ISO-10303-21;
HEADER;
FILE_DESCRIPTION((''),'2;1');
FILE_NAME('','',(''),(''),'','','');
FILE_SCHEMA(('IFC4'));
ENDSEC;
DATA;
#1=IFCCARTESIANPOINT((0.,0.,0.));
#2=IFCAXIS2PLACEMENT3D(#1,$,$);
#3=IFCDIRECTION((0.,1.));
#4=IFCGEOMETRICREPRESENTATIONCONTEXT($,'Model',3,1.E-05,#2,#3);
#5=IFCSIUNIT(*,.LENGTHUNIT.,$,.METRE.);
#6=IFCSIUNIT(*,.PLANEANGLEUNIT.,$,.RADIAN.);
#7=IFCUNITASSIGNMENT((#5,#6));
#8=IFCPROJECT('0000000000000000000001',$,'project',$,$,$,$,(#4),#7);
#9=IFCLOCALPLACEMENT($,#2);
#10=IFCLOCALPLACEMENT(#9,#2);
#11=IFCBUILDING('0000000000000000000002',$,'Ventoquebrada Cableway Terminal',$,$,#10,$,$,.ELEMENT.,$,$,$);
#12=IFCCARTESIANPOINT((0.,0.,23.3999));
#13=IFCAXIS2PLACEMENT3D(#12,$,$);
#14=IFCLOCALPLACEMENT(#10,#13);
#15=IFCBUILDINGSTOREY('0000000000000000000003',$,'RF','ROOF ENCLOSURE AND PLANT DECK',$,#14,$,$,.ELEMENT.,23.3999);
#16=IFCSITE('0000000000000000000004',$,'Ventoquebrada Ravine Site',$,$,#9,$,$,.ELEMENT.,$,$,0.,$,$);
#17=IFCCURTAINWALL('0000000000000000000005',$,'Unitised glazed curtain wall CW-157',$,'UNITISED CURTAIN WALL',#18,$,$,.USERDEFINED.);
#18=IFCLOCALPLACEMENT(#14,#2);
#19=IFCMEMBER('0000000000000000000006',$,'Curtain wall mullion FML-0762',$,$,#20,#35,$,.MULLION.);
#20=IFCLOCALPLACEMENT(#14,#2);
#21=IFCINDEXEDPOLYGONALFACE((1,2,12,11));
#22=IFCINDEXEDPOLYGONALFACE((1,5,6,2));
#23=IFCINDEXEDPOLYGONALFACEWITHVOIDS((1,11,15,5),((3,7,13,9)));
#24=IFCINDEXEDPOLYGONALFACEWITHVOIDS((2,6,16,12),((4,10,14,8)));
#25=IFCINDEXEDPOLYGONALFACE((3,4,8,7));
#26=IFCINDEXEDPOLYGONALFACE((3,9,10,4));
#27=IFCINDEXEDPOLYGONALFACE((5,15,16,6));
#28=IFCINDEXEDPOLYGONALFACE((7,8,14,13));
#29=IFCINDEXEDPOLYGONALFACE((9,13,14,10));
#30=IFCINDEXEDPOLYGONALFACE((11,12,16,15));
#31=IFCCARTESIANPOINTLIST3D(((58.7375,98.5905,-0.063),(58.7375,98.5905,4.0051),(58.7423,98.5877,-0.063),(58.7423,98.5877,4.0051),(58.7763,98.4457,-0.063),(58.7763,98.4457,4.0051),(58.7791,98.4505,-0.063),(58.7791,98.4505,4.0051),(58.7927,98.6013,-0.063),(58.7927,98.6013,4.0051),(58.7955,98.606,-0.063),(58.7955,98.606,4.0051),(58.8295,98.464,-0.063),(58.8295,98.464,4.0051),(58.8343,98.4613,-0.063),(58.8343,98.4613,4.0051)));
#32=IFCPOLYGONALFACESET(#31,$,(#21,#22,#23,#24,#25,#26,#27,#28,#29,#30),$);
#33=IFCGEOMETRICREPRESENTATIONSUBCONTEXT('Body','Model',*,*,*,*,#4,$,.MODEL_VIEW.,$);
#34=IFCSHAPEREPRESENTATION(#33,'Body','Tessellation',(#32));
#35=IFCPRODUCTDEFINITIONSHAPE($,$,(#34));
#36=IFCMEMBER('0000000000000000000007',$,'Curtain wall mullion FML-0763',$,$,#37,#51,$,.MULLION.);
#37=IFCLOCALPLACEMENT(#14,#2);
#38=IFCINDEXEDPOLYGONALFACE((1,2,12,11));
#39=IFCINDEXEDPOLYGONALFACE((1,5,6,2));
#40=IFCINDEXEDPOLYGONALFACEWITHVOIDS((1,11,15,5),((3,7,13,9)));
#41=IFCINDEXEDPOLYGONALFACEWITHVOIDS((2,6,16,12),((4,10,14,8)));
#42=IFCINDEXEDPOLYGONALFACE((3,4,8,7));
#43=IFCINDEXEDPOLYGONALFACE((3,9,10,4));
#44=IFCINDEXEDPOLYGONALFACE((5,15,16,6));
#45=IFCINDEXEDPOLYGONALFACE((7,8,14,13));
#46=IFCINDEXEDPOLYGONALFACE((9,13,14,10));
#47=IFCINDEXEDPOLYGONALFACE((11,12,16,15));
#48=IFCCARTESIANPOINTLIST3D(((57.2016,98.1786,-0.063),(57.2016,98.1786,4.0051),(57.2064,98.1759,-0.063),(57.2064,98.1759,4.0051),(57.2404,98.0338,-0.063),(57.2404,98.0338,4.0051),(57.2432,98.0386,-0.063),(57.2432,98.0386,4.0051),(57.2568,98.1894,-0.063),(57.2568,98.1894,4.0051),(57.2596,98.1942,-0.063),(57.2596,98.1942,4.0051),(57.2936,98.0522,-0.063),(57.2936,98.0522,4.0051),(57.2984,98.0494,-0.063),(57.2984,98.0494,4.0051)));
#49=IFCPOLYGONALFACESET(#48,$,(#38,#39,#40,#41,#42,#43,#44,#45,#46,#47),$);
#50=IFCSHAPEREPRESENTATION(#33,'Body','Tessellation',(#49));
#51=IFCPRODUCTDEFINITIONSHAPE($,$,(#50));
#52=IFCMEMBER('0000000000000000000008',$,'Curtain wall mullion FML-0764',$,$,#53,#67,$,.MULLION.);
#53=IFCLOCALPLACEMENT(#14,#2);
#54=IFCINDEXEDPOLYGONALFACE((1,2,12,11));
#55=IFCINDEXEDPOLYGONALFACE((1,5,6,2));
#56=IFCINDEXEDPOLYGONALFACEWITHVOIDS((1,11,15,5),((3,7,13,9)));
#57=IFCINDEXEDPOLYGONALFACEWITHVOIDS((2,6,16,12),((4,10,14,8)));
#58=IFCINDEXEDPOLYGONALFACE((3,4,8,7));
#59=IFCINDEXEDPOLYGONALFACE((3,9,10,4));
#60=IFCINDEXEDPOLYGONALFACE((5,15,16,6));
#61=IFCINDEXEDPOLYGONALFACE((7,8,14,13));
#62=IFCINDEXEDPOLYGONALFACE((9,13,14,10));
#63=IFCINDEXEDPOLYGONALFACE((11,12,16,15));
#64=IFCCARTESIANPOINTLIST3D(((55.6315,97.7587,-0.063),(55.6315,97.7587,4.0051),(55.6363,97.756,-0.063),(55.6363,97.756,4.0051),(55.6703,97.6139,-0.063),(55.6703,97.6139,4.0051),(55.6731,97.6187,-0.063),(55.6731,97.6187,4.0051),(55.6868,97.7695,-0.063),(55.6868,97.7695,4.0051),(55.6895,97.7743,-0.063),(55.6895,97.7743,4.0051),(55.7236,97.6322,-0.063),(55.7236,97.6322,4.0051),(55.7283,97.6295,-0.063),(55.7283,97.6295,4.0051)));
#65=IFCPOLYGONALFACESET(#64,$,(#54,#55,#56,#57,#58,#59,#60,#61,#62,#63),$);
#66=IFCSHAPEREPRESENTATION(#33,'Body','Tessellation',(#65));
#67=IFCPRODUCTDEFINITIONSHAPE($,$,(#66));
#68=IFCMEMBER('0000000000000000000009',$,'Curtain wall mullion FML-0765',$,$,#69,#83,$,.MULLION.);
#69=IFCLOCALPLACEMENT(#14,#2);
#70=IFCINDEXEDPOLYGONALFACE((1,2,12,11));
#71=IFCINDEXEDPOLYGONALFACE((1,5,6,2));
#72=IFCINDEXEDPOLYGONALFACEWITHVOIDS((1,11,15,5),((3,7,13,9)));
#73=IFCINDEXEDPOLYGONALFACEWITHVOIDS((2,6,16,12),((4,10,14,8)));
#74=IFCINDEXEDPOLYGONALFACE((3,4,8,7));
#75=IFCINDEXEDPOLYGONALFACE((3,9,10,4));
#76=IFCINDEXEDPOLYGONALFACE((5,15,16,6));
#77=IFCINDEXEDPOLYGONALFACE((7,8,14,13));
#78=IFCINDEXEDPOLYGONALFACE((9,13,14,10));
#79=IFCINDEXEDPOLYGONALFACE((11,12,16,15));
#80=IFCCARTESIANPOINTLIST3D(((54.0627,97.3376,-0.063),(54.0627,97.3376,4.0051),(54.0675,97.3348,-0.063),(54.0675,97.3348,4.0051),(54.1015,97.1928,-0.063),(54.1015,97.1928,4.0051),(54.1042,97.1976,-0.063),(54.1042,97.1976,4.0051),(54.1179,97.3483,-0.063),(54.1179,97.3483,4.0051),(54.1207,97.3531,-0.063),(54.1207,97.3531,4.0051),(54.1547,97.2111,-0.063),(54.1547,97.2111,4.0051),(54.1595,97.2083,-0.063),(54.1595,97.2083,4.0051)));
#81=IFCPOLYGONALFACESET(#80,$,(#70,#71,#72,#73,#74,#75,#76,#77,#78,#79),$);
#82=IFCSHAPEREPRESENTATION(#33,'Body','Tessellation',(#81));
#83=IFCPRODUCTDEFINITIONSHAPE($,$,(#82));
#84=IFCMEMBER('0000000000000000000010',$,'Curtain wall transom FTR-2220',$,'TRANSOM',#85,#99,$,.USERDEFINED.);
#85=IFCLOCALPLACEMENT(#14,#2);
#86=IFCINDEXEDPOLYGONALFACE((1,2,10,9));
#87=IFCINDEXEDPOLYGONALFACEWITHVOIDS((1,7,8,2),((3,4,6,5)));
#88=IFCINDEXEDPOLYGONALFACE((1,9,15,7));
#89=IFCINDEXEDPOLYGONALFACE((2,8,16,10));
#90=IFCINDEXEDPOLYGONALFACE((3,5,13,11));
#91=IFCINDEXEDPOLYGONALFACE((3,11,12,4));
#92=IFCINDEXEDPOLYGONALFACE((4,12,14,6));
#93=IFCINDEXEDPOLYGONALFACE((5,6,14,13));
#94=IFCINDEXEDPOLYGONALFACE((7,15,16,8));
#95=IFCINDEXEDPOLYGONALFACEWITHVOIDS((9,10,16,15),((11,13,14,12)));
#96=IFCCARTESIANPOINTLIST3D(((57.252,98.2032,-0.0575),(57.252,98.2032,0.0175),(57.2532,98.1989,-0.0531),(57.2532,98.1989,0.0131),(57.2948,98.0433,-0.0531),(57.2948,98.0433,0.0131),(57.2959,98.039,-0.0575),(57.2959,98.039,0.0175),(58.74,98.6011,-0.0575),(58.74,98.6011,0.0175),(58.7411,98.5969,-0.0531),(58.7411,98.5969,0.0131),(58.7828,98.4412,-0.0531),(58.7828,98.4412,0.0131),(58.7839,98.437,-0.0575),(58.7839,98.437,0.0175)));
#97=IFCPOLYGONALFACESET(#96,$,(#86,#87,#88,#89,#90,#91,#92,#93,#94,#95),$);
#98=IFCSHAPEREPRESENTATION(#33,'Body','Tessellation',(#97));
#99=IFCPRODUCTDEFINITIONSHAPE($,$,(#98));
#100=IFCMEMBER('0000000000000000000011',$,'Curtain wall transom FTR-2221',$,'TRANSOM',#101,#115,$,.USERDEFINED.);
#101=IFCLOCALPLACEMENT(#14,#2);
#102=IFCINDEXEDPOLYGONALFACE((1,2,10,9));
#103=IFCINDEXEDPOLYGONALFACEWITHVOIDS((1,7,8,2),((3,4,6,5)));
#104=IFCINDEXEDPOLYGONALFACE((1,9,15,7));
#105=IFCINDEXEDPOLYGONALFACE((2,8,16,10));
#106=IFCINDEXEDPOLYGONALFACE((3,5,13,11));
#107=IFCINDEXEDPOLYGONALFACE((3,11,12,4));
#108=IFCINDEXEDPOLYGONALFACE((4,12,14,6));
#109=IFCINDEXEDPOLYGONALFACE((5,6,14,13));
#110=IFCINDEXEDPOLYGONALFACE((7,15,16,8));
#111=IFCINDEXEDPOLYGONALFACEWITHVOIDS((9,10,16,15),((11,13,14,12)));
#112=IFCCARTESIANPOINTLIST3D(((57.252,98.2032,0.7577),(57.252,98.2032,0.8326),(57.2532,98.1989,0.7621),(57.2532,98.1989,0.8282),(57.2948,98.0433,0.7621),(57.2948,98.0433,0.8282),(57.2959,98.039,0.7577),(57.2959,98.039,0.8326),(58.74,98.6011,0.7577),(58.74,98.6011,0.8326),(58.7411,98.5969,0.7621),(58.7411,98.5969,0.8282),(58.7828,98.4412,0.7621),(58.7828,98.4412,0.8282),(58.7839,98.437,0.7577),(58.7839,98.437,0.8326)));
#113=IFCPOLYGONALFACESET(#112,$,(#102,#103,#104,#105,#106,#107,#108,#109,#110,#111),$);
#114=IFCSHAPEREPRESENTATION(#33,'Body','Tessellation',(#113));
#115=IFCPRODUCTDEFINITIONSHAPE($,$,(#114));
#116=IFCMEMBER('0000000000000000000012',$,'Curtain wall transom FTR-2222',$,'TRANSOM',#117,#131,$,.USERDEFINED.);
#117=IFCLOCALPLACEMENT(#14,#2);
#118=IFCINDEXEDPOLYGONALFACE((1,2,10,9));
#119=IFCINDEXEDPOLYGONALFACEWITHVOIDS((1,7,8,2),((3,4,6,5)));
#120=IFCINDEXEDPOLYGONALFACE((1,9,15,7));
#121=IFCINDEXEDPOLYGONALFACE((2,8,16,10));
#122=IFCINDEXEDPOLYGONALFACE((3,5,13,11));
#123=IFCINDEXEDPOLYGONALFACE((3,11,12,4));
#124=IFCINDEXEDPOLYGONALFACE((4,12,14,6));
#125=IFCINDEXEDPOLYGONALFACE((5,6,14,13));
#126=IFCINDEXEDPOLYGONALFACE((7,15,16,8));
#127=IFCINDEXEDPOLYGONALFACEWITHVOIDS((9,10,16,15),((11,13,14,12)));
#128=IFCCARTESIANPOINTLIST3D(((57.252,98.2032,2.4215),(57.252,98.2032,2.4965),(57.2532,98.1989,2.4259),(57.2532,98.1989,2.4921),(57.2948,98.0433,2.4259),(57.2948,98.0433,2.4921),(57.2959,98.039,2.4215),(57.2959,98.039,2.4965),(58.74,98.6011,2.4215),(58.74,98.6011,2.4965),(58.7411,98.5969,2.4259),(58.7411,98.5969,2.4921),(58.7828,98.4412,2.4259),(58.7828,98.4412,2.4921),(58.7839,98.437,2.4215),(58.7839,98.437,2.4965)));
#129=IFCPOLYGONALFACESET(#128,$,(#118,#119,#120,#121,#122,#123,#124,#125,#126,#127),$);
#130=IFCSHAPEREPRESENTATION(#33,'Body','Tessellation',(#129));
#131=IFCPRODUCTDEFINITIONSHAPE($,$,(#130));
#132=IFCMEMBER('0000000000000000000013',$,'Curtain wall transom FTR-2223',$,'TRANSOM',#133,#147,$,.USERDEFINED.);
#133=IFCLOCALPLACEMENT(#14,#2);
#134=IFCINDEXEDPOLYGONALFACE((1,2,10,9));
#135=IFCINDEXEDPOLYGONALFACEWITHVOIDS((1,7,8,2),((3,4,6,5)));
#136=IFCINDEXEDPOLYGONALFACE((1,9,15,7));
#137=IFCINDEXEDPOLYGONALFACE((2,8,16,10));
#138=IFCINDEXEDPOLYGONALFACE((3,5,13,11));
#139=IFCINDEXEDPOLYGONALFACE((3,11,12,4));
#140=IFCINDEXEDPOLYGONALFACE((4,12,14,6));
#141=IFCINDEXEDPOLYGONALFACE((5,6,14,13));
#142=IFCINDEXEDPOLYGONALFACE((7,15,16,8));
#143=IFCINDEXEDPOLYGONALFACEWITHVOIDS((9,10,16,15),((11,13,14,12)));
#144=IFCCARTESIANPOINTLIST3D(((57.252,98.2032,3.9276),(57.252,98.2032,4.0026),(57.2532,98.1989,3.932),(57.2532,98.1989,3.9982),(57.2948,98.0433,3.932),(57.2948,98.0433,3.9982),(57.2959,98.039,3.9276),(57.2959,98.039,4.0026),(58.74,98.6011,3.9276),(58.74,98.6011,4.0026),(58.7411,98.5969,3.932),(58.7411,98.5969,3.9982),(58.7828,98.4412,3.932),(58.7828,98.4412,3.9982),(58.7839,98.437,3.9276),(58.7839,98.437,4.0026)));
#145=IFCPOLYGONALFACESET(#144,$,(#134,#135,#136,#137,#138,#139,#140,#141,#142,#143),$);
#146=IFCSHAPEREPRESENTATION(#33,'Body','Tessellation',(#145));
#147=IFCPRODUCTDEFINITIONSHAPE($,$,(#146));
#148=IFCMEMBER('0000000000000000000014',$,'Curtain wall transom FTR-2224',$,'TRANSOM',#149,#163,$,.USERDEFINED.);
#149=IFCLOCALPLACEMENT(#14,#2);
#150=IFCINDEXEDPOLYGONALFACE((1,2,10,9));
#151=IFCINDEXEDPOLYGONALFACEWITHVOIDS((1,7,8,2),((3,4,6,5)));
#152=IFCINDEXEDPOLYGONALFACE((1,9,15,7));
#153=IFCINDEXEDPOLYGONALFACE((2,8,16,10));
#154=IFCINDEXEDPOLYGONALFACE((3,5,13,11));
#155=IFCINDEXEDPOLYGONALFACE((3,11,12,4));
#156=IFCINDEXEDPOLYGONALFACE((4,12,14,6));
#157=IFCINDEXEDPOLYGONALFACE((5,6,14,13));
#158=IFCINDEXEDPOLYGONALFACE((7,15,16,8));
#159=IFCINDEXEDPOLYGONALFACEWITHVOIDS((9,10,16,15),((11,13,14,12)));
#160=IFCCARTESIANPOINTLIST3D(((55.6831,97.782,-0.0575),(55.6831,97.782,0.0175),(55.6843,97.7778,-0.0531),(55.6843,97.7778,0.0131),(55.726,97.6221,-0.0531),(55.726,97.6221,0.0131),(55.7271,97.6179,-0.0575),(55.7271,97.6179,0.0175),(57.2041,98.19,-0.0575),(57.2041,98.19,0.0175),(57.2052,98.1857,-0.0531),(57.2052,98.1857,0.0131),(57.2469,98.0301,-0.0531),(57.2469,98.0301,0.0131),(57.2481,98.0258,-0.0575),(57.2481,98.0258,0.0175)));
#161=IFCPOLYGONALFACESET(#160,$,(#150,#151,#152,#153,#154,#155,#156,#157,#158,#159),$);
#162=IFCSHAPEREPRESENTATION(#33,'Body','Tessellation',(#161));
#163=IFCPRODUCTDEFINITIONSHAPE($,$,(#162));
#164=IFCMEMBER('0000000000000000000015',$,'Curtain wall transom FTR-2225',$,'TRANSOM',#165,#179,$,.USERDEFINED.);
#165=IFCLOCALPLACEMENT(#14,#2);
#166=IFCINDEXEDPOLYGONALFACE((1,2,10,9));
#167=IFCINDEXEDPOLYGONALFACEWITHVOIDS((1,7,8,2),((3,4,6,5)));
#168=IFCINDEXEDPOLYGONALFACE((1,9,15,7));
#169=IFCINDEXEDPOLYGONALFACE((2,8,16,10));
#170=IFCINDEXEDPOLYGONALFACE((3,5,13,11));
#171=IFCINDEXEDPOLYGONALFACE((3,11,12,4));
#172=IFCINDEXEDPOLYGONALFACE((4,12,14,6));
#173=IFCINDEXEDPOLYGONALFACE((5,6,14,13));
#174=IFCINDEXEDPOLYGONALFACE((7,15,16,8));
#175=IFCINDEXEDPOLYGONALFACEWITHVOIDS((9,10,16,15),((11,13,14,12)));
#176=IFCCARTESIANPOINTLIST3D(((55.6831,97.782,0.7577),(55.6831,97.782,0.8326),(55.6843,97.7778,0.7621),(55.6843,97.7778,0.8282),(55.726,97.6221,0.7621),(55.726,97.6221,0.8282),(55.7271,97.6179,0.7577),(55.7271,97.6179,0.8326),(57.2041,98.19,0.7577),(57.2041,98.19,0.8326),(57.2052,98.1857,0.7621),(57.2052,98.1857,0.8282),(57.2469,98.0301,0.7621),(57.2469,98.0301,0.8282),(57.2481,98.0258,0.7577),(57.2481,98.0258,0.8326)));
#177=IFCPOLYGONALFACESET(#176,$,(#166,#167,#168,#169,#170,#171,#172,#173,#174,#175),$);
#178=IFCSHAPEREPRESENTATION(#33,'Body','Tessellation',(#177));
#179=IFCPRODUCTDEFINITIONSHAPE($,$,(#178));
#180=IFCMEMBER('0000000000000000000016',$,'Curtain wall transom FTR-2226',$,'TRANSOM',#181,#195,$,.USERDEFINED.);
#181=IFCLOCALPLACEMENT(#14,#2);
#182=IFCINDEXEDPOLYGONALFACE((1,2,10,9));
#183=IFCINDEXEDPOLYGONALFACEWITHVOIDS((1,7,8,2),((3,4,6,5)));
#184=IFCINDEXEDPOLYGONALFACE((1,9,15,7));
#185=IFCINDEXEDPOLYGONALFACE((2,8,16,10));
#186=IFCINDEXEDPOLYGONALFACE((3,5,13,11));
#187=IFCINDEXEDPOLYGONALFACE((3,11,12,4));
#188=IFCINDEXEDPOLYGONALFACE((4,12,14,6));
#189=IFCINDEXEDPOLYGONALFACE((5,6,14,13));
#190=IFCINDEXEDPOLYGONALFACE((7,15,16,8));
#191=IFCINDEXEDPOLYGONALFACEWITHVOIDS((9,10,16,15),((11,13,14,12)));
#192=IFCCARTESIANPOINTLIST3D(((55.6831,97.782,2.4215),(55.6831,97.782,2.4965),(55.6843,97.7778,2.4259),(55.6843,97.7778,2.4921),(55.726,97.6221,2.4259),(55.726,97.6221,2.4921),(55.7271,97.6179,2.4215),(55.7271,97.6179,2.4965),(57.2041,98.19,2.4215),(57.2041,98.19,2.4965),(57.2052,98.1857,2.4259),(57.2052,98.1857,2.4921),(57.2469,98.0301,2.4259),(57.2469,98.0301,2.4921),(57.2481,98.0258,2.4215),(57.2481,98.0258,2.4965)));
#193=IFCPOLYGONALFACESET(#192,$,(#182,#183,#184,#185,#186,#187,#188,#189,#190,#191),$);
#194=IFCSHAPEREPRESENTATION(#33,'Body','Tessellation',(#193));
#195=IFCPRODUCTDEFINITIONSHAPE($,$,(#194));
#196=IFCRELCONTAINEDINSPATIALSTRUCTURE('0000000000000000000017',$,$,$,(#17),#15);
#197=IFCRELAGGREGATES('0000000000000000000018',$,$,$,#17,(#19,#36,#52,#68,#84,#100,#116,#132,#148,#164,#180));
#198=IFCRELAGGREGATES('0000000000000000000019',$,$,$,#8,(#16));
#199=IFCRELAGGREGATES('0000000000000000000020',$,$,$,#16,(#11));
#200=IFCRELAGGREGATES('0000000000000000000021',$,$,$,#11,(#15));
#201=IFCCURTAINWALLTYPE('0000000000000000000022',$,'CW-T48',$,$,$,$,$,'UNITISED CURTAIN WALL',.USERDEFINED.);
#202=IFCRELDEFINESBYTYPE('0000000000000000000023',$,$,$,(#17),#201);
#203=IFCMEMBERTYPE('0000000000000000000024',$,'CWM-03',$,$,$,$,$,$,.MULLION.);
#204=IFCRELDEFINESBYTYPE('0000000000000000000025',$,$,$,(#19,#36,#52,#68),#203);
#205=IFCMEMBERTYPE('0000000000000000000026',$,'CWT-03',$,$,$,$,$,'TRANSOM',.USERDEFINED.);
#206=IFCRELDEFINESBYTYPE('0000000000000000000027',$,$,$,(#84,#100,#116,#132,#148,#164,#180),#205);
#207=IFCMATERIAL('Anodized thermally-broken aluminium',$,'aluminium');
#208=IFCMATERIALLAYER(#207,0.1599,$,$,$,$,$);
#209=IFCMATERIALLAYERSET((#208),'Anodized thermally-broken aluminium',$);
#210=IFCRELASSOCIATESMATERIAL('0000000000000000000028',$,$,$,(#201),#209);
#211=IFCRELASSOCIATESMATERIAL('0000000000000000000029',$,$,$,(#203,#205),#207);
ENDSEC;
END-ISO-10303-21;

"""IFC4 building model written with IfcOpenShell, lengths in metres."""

from ifc_helpers import new_model, si_unit, direction, frame, origin, origin_2d, place, context, subcontext, project, spatial, hollow_rectangle, extrude, material, layer, layer_set, material_profile, profile_set, type_object, element, aggregate, save


model = new_model("IFC4")

# Units and contexts
model_context = context("Model", 3, precision=1e-05, world=origin(), true_north=direction((0.0, 1.0)))
body_context = subcontext(model_context, "Body", "Model", "MODEL_VIEW")
ifc_project = project(units=[si_unit("LENGTHUNIT", "METRE"), si_unit("PLANEANGLEUNIT", "RADIAN")], contexts=[model_context])

# Site, building, storey
site_placement = place(None, origin())
site = spatial("IfcSite", under=ifc_project, at=site_placement, Name="Ventoquebrada Ravine Site", CompositionType="ELEMENT", RefElevation=0.0)
building_placement = place(site_placement, origin())
building = spatial("IfcBuilding", under=site, at=building_placement, Name="Ventoquebrada Cableway Terminal", CompositionType="ELEMENT")
storey_placement = place(building_placement, frame((0.0, 0.0, 23.3999)))
storey = spatial("IfcBuildingStorey", under=building, at=storey_placement, Name="RF", Description="ROOF ENCLOSURE AND PLANT DECK", CompositionType="ELEMENT", Elevation=23.3999)

# Curtain wall, members
ifc_material_1 = material(Name="Anodized thermally-broken aluminium", Category="aluminium")
ifc_layer_1 = layer(ifc_material_1, 0.1599)
ifc_layer_set_1 = layer_set([ifc_layer_1], Name="Anodized thermally-broken aluminium")
curtain_wall_type = type_object("IfcCurtainWallType", Name="CW-T48", ElementType="UNITISED CURTAIN WALL", PredefinedType="USERDEFINED", material=ifc_layer_set_1)
curtain_wall_placement = place(storey_placement, origin())
curtain_wall = element("IfcCurtainWall", 1, at=curtain_wall_placement, inside=storey, type_object=curtain_wall_type, Name="Unitised glazed curtain wall CW-157", ObjectType="UNITISED CURTAIN WALL", PredefinedType="USERDEFINED")
ifc_material_profile_1 = material_profile(ifc_material_1, hollow_rectangle(XDim=0.0601, YDim=0.1499, WallThickness=0.0039, at=origin_2d()), Name="CW-MUL-60X150")
ifc_profile_set_1 = profile_set([ifc_material_profile_1], Name="Anodized thermally-broken aluminium")
member_type_1 = type_object("IfcMemberType", Name="CWM-03", PredefinedType="MULLION", material=ifc_profile_set_1)
member_1_placement = place(storey_placement, frame((58.7859, 98.5259, -0.063), z_axis=(0.0, 0.0, 1.0), x_axis=(-0.965903, -0.258903, 0.0)))
member_1 = element("IfcMember", 2, at=member_1_placement, type_object=member_type_1, Name="Curtain wall mullion FML-0762", PredefinedType="MULLION", context=body_context, shape_type="SweptSolid", body=[
    extrude(hollow_rectangle(XDim=0.0601, YDim=0.1499, WallThickness=0.0039, at=origin_2d()), origin(), (0.0, 0.0, 1.0), 4.0681),
])
member_2_placement = place(storey_placement, frame((57.25, 98.114, -0.063), z_axis=(0.0, 0.0, 1.0), x_axis=(-0.965903, -0.258903, 0.0)))
member_2 = element("IfcMember", 3, at=member_2_placement, type_object=member_type_1, Name="Curtain wall mullion FML-0763", PredefinedType="MULLION", context=body_context, shape_type="SweptSolid", body=[
    extrude(hollow_rectangle(XDim=0.0601, YDim=0.1499, WallThickness=0.0039, at=origin_2d()), origin(), (0.0, 0.0, 1.0), 4.0681),
])
member_3_placement = place(storey_placement, frame((55.6799, 97.6941, -0.063), z_axis=(0.0, 0.0, 1.0), x_axis=(-0.965903, -0.258903, 0.0)))
member_3 = element("IfcMember", 4, at=member_3_placement, type_object=member_type_1, Name="Curtain wall mullion FML-0764", PredefinedType="MULLION", context=body_context, shape_type="SweptSolid", body=[
    extrude(hollow_rectangle(XDim=0.0601, YDim=0.1499, WallThickness=0.0039, at=origin_2d()), origin(), (0.0, 0.0, 1.0), 4.0681),
])
member_4_placement = place(storey_placement, frame((54.1111, 97.2729, -0.063), z_axis=(0.0, 0.0, 1.0), x_axis=(-0.965903, -0.258903, 0.0)))
member_4 = element("IfcMember", 5, at=member_4_placement, type_object=member_type_1, Name="Curtain wall mullion FML-0765", PredefinedType="MULLION", context=body_context, shape_type="SweptSolid", body=[
    extrude(hollow_rectangle(XDim=0.0601, YDim=0.1499, WallThickness=0.0039, at=origin_2d()), origin(), (0.0, 0.0, 1.0), 4.0681),
])
ifc_material_profile_2 = material_profile(ifc_material_1, hollow_rectangle(XDim=0.075, YDim=0.1699, WallThickness=0.0044, at=origin_2d()), Name="CW-TRN-75X170")
ifc_profile_set_2 = profile_set([ifc_material_profile_2], Name="Anodized thermally-broken aluminium")
member_type_2 = type_object("IfcMemberType", Name="CWT-03", ElementType="TRANSOM", PredefinedType="USERDEFINED", material=ifc_profile_set_2)
member_5_placement = place(storey_placement, frame((58.762, 98.519, -0.02), z_axis=(-0.966051, -0.258353, 0.0), x_axis=(0.0, 0.0, 1.0)))
member_5 = element("IfcMember", 6, at=member_5_placement, type_object=member_type_2, Name="Curtain wall transom FTR-2220", ObjectType="TRANSOM", PredefinedType="USERDEFINED", context=body_context, shape_type="SweptSolid", body=[
    extrude(hollow_rectangle(XDim=0.075, YDim=0.1699, WallThickness=0.0044, at=origin_2d()), origin(), (0.0, 0.0, 1.0), 1.5403),
])
member_6_placement = place(storey_placement, frame((58.762, 98.519, 0.7952), z_axis=(-0.966051, -0.258353, 0.0), x_axis=(0.0, 0.0, 1.0)))
member_6 = element("IfcMember", 7, at=member_6_placement, type_object=member_type_2, Name="Curtain wall transom FTR-2221", ObjectType="TRANSOM", PredefinedType="USERDEFINED", context=body_context, shape_type="SweptSolid", body=[
    extrude(hollow_rectangle(XDim=0.075, YDim=0.1699, WallThickness=0.0044, at=origin_2d()), origin(), (0.0, 0.0, 1.0), 1.5403),
])
member_7_placement = place(storey_placement, frame((58.762, 98.519, 2.459), z_axis=(-0.966051, -0.258353, 0.0), x_axis=(0.0, 0.0, 1.0)))
member_7 = element("IfcMember", 8, at=member_7_placement, type_object=member_type_2, Name="Curtain wall transom FTR-2222", ObjectType="TRANSOM", PredefinedType="USERDEFINED", context=body_context, shape_type="SweptSolid", body=[
    extrude(hollow_rectangle(XDim=0.075, YDim=0.1699, WallThickness=0.0044, at=origin_2d()), origin(), (0.0, 0.0, 1.0), 1.5403),
])
member_8_placement = place(storey_placement, frame((58.762, 98.519, 3.9651), z_axis=(-0.966051, -0.258353, 0.0), x_axis=(0.0, 0.0, 1.0)))
member_8 = element("IfcMember", 9, at=member_8_placement, type_object=member_type_2, Name="Curtain wall transom FTR-2223", ObjectType="TRANSOM", PredefinedType="USERDEFINED", context=body_context, shape_type="SweptSolid", body=[
    extrude(hollow_rectangle(XDim=0.075, YDim=0.1699, WallThickness=0.0044, at=origin_2d()), origin(), (0.0, 0.0, 1.0), 1.5403),
])
member_9_placement = place(storey_placement, frame((57.2261, 98.1079, -0.02), z_axis=(-0.965861, -0.259062, 0.0), x_axis=(0.0, 0.0, 1.0)))
member_9 = element("IfcMember", 10, at=member_9_placement, type_object=member_type_2, Name="Curtain wall transom FTR-2224", ObjectType="TRANSOM", PredefinedType="USERDEFINED", context=body_context, shape_type="SweptSolid", body=[
    extrude(hollow_rectangle(XDim=0.075, YDim=0.1699, WallThickness=0.0044, at=origin_2d()), origin(), (0.0, 0.0, 1.0), 1.5747),
])
member_10_placement = place(storey_placement, frame((57.2261, 98.1079, 0.7952), z_axis=(-0.965861, -0.259062, 0.0), x_axis=(0.0, 0.0, 1.0)))
member_10 = element("IfcMember", 11, at=member_10_placement, type_object=member_type_2, Name="Curtain wall transom FTR-2225", ObjectType="TRANSOM", PredefinedType="USERDEFINED", context=body_context, shape_type="SweptSolid", body=[
    extrude(hollow_rectangle(XDim=0.075, YDim=0.1699, WallThickness=0.0044, at=origin_2d()), origin(), (0.0, 0.0, 1.0), 1.5747),
])
member_11_placement = place(storey_placement, frame((57.2261, 98.1079, 2.459), z_axis=(-0.965861, -0.259062, 0.0), x_axis=(0.0, 0.0, 1.0)))
member_11 = element("IfcMember", 12, at=member_11_placement, type_object=member_type_2, Name="Curtain wall transom FTR-2226", ObjectType="TRANSOM", PredefinedType="USERDEFINED", context=body_context, shape_type="SweptSolid", body=[
    extrude(hollow_rectangle(XDim=0.075, YDim=0.1699, WallThickness=0.0044, at=origin_2d()), origin(), (0.0, 0.0, 1.0), 1.5747),
])

aggregate(curtain_wall, [member_1, member_2, member_3, member_4, member_5, member_6, member_7, member_8, member_9, member_10, member_11])

save(model, "model.ifc")
